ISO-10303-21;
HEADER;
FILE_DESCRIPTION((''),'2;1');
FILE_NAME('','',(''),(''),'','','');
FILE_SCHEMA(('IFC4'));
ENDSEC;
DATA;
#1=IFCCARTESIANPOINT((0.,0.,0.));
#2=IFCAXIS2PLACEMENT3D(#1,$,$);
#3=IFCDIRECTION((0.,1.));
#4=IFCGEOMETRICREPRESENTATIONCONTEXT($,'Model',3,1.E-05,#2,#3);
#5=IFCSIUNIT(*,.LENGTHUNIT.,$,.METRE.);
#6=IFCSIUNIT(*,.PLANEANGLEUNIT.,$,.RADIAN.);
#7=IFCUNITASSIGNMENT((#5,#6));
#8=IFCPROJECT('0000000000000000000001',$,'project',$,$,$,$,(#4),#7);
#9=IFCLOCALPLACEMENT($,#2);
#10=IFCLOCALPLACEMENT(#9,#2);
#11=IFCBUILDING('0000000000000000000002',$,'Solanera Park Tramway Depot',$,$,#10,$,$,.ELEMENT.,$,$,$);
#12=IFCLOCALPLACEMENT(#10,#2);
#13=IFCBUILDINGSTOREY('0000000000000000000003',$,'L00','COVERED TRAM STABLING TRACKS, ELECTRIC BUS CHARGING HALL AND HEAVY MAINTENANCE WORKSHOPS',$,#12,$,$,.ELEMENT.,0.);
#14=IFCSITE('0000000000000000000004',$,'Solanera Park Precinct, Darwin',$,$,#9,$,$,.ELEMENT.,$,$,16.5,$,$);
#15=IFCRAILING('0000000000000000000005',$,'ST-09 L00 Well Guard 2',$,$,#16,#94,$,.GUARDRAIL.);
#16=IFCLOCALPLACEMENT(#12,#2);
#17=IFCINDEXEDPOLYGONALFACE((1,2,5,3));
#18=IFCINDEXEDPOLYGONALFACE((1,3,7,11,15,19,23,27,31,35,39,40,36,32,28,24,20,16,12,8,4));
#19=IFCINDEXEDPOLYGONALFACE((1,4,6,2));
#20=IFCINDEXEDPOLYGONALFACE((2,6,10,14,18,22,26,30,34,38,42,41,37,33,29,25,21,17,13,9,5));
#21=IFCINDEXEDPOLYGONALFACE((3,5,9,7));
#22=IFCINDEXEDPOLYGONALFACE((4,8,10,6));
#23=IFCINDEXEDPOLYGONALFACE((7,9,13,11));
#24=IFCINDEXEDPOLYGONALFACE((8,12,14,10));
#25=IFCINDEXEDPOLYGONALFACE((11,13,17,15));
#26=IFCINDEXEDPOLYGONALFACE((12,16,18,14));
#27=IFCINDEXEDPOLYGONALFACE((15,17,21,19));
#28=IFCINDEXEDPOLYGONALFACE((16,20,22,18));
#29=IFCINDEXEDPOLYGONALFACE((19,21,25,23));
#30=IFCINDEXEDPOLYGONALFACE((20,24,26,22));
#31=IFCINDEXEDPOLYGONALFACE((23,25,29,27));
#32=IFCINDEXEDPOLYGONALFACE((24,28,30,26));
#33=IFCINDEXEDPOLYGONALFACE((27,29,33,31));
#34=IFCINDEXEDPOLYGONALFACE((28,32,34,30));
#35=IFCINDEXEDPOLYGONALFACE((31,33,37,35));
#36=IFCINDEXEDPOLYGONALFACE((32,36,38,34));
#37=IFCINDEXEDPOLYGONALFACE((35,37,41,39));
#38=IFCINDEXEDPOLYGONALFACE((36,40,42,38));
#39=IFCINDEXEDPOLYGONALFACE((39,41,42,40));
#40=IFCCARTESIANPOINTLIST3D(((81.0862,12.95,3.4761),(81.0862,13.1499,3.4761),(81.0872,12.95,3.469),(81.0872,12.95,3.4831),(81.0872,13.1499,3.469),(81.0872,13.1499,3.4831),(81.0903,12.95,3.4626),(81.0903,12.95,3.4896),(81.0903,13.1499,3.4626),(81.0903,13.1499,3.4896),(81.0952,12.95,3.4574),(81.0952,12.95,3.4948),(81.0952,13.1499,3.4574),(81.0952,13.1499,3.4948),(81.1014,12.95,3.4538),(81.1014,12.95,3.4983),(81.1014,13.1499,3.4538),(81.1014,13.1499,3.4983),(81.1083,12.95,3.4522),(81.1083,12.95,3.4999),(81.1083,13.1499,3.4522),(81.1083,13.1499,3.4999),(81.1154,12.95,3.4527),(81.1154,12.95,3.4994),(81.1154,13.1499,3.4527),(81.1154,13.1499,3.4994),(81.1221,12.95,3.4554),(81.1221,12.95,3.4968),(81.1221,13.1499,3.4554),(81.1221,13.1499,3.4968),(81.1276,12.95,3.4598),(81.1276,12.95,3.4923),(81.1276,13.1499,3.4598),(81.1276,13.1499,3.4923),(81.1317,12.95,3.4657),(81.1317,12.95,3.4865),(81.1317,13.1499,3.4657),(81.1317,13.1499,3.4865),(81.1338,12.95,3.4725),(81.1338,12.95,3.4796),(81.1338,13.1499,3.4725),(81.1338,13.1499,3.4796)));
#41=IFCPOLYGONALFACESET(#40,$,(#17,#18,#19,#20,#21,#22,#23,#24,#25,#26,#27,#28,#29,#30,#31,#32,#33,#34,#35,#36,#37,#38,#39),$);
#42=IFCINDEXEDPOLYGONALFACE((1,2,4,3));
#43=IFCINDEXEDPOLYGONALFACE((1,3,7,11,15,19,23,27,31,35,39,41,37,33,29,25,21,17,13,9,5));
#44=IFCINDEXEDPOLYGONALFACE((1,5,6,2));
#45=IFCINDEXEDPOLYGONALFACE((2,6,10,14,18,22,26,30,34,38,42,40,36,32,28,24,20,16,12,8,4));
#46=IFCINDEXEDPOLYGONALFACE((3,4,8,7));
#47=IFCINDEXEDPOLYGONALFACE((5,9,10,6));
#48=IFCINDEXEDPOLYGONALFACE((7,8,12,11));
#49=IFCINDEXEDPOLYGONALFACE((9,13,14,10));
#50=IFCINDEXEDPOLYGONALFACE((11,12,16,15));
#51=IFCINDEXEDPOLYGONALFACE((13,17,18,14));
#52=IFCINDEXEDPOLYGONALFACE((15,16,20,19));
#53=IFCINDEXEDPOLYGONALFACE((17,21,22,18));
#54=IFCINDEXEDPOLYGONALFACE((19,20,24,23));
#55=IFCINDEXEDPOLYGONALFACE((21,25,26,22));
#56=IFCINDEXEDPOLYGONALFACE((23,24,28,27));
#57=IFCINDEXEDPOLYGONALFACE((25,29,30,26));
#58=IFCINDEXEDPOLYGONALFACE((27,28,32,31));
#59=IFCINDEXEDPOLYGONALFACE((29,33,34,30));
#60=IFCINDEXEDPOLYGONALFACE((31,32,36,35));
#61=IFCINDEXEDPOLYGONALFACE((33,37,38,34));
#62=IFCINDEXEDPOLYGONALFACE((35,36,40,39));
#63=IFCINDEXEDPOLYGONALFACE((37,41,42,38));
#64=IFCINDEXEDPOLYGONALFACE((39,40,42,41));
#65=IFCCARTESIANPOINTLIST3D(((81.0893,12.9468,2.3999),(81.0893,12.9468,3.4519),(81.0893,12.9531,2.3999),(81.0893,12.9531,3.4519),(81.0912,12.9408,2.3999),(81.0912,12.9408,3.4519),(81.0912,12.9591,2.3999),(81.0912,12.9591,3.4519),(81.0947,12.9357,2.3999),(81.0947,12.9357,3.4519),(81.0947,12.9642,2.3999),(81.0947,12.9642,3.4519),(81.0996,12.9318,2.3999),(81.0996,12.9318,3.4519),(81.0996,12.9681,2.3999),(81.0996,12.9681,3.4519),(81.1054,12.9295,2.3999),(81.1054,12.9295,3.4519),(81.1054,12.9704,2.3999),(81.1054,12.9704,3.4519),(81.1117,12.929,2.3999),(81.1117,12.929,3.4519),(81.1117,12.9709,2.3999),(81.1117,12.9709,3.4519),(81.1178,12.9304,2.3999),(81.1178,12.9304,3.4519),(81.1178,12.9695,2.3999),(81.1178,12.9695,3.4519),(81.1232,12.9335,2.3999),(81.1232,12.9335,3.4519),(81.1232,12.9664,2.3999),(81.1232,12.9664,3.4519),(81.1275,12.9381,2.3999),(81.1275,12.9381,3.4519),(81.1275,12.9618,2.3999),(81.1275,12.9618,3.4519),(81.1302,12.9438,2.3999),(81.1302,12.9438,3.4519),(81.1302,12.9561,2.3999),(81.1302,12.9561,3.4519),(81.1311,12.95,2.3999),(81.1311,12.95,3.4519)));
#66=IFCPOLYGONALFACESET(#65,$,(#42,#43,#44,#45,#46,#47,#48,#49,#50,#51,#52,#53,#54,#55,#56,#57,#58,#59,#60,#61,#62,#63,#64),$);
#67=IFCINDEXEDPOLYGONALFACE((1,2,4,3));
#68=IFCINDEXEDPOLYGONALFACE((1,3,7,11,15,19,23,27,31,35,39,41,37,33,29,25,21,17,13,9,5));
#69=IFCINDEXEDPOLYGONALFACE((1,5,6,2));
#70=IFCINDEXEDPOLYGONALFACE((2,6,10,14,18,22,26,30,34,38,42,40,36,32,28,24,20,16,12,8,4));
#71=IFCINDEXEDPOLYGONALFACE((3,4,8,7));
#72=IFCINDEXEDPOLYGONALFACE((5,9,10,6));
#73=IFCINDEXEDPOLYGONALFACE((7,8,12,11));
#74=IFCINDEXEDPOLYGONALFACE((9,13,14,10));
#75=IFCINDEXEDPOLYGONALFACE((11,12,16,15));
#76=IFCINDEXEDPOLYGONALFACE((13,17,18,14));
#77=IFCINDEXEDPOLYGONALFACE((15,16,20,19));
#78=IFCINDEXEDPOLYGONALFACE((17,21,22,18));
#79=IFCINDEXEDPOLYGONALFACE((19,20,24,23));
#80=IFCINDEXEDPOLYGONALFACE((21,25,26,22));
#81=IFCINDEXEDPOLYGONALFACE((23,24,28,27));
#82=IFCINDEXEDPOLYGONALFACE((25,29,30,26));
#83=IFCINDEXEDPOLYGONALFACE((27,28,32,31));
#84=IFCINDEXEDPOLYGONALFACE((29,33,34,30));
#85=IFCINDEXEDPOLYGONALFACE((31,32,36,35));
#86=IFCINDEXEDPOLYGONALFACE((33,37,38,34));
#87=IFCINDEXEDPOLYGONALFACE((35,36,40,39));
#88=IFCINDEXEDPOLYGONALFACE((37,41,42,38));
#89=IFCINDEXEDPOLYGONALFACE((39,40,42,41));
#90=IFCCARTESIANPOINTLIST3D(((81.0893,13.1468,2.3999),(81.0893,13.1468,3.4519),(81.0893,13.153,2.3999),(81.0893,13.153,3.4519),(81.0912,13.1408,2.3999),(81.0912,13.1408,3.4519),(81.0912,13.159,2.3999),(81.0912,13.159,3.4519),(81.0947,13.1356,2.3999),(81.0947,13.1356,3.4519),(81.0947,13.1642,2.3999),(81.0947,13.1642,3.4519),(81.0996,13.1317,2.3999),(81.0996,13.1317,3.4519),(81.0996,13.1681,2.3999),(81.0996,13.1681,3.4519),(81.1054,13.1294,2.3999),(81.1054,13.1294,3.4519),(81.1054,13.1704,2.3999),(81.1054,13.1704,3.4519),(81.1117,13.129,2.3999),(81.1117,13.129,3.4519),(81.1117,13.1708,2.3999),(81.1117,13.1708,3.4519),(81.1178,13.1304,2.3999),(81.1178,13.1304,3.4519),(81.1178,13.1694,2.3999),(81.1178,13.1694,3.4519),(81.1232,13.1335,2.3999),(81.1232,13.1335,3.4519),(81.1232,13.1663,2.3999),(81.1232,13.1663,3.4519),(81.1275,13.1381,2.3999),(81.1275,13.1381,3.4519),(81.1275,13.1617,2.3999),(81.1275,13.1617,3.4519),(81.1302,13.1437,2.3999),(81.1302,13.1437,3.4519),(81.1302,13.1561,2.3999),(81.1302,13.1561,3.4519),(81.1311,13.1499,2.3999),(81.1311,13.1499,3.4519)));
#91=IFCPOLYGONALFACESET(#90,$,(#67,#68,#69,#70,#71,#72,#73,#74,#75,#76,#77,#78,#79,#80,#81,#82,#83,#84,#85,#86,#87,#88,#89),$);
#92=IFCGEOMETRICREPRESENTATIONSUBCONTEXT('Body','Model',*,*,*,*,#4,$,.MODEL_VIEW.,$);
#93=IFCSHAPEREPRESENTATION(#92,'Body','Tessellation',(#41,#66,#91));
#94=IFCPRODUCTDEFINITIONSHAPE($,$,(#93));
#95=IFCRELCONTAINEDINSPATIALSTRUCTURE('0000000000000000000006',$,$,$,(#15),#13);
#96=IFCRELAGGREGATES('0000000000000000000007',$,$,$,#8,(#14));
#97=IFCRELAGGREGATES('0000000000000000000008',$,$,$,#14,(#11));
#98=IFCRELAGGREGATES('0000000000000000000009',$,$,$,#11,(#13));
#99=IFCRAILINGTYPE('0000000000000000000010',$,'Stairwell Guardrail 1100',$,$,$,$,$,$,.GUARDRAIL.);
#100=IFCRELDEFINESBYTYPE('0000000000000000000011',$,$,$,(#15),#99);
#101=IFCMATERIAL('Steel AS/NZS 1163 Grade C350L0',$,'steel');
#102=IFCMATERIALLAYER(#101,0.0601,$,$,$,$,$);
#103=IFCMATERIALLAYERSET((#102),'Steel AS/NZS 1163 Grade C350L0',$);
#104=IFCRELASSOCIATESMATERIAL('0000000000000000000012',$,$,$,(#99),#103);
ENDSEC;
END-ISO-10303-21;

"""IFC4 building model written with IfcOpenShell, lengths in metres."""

from ifc_helpers import new_model, si_unit, direction, frame, origin, origin_2d, place, context, subcontext, project, spatial, circle, extrude, material, layer, layer_set, type_object, element, save


model = new_model("IFC4")

# Units and contexts
model_context = context("Model", 3, precision=1e-05, world=origin(), true_north=direction((0.0, 1.0)))
body_context = subcontext(model_context, "Body", "Model", "MODEL_VIEW")
ifc_project = project(units=[si_unit("LENGTHUNIT", "METRE"), si_unit("PLANEANGLEUNIT", "RADIAN")], contexts=[model_context])

# Site, building, storey
site_placement = place(None, origin())
site = spatial("IfcSite", under=ifc_project, at=site_placement, Name="Solanera Park Precinct, Darwin", CompositionType="ELEMENT", RefElevation=16.5)
building_placement = place(site_placement, origin())
building = spatial("IfcBuilding", under=site, at=building_placement, Name="Solanera Park Tramway Depot", CompositionType="ELEMENT")
storey_placement = place(building_placement, origin())
storey = spatial("IfcBuildingStorey", under=building, at=storey_placement, Name="L00", Description="COVERED TRAM STABLING TRACKS, ELECTRIC BUS CHARGING HALL AND HEAVY MAINTENANCE WORKSHOPS", CompositionType="ELEMENT", Elevation=0.0)

# Railing
ifc_material_1 = material(Name="Steel AS/NZS 1163 Grade C350L0", Category="steel")
ifc_layer_1 = layer(ifc_material_1, 0.0601)
ifc_layer_set_1 = layer_set([ifc_layer_1], Name="Steel AS/NZS 1163 Grade C350L0")
railing_type_1 = type_object("IfcRailingType", Name="Stairwell Guardrail 1100", PredefinedType="GUARDRAIL", material=ifc_layer_set_1)
railing_1_placement = place(storey_placement, frame((81.1101, 12.95, 2.3999)))
element("IfcRailing", 1, at=railing_1_placement, inside=storey, type_object=railing_type_1, Name="ST-09 L00 Well Guard 2", PredefinedType="GUARDRAIL", context=body_context, shape_type="SweptSolid", body=[
    extrude(circle(Radius=0.0239, at=origin_2d()), frame((0.0, 0.0, 1.0762), z_axis=(0.0, 1.0, 0.0), x_axis=(-1.0, 0.0, 0.0)), (0.0, 0.0, 1.0), 0.2),
    extrude(circle(Radius=0.021, at=origin_2d()), origin(), (0.0, 0.0, 1.0), 1.052),
    extrude(circle(Radius=0.021, at=origin_2d()), frame((0.0, 0.2, 0.0)), (0.0, 0.0, 1.0), 1.052),
])

save(model, "model.ifc")
